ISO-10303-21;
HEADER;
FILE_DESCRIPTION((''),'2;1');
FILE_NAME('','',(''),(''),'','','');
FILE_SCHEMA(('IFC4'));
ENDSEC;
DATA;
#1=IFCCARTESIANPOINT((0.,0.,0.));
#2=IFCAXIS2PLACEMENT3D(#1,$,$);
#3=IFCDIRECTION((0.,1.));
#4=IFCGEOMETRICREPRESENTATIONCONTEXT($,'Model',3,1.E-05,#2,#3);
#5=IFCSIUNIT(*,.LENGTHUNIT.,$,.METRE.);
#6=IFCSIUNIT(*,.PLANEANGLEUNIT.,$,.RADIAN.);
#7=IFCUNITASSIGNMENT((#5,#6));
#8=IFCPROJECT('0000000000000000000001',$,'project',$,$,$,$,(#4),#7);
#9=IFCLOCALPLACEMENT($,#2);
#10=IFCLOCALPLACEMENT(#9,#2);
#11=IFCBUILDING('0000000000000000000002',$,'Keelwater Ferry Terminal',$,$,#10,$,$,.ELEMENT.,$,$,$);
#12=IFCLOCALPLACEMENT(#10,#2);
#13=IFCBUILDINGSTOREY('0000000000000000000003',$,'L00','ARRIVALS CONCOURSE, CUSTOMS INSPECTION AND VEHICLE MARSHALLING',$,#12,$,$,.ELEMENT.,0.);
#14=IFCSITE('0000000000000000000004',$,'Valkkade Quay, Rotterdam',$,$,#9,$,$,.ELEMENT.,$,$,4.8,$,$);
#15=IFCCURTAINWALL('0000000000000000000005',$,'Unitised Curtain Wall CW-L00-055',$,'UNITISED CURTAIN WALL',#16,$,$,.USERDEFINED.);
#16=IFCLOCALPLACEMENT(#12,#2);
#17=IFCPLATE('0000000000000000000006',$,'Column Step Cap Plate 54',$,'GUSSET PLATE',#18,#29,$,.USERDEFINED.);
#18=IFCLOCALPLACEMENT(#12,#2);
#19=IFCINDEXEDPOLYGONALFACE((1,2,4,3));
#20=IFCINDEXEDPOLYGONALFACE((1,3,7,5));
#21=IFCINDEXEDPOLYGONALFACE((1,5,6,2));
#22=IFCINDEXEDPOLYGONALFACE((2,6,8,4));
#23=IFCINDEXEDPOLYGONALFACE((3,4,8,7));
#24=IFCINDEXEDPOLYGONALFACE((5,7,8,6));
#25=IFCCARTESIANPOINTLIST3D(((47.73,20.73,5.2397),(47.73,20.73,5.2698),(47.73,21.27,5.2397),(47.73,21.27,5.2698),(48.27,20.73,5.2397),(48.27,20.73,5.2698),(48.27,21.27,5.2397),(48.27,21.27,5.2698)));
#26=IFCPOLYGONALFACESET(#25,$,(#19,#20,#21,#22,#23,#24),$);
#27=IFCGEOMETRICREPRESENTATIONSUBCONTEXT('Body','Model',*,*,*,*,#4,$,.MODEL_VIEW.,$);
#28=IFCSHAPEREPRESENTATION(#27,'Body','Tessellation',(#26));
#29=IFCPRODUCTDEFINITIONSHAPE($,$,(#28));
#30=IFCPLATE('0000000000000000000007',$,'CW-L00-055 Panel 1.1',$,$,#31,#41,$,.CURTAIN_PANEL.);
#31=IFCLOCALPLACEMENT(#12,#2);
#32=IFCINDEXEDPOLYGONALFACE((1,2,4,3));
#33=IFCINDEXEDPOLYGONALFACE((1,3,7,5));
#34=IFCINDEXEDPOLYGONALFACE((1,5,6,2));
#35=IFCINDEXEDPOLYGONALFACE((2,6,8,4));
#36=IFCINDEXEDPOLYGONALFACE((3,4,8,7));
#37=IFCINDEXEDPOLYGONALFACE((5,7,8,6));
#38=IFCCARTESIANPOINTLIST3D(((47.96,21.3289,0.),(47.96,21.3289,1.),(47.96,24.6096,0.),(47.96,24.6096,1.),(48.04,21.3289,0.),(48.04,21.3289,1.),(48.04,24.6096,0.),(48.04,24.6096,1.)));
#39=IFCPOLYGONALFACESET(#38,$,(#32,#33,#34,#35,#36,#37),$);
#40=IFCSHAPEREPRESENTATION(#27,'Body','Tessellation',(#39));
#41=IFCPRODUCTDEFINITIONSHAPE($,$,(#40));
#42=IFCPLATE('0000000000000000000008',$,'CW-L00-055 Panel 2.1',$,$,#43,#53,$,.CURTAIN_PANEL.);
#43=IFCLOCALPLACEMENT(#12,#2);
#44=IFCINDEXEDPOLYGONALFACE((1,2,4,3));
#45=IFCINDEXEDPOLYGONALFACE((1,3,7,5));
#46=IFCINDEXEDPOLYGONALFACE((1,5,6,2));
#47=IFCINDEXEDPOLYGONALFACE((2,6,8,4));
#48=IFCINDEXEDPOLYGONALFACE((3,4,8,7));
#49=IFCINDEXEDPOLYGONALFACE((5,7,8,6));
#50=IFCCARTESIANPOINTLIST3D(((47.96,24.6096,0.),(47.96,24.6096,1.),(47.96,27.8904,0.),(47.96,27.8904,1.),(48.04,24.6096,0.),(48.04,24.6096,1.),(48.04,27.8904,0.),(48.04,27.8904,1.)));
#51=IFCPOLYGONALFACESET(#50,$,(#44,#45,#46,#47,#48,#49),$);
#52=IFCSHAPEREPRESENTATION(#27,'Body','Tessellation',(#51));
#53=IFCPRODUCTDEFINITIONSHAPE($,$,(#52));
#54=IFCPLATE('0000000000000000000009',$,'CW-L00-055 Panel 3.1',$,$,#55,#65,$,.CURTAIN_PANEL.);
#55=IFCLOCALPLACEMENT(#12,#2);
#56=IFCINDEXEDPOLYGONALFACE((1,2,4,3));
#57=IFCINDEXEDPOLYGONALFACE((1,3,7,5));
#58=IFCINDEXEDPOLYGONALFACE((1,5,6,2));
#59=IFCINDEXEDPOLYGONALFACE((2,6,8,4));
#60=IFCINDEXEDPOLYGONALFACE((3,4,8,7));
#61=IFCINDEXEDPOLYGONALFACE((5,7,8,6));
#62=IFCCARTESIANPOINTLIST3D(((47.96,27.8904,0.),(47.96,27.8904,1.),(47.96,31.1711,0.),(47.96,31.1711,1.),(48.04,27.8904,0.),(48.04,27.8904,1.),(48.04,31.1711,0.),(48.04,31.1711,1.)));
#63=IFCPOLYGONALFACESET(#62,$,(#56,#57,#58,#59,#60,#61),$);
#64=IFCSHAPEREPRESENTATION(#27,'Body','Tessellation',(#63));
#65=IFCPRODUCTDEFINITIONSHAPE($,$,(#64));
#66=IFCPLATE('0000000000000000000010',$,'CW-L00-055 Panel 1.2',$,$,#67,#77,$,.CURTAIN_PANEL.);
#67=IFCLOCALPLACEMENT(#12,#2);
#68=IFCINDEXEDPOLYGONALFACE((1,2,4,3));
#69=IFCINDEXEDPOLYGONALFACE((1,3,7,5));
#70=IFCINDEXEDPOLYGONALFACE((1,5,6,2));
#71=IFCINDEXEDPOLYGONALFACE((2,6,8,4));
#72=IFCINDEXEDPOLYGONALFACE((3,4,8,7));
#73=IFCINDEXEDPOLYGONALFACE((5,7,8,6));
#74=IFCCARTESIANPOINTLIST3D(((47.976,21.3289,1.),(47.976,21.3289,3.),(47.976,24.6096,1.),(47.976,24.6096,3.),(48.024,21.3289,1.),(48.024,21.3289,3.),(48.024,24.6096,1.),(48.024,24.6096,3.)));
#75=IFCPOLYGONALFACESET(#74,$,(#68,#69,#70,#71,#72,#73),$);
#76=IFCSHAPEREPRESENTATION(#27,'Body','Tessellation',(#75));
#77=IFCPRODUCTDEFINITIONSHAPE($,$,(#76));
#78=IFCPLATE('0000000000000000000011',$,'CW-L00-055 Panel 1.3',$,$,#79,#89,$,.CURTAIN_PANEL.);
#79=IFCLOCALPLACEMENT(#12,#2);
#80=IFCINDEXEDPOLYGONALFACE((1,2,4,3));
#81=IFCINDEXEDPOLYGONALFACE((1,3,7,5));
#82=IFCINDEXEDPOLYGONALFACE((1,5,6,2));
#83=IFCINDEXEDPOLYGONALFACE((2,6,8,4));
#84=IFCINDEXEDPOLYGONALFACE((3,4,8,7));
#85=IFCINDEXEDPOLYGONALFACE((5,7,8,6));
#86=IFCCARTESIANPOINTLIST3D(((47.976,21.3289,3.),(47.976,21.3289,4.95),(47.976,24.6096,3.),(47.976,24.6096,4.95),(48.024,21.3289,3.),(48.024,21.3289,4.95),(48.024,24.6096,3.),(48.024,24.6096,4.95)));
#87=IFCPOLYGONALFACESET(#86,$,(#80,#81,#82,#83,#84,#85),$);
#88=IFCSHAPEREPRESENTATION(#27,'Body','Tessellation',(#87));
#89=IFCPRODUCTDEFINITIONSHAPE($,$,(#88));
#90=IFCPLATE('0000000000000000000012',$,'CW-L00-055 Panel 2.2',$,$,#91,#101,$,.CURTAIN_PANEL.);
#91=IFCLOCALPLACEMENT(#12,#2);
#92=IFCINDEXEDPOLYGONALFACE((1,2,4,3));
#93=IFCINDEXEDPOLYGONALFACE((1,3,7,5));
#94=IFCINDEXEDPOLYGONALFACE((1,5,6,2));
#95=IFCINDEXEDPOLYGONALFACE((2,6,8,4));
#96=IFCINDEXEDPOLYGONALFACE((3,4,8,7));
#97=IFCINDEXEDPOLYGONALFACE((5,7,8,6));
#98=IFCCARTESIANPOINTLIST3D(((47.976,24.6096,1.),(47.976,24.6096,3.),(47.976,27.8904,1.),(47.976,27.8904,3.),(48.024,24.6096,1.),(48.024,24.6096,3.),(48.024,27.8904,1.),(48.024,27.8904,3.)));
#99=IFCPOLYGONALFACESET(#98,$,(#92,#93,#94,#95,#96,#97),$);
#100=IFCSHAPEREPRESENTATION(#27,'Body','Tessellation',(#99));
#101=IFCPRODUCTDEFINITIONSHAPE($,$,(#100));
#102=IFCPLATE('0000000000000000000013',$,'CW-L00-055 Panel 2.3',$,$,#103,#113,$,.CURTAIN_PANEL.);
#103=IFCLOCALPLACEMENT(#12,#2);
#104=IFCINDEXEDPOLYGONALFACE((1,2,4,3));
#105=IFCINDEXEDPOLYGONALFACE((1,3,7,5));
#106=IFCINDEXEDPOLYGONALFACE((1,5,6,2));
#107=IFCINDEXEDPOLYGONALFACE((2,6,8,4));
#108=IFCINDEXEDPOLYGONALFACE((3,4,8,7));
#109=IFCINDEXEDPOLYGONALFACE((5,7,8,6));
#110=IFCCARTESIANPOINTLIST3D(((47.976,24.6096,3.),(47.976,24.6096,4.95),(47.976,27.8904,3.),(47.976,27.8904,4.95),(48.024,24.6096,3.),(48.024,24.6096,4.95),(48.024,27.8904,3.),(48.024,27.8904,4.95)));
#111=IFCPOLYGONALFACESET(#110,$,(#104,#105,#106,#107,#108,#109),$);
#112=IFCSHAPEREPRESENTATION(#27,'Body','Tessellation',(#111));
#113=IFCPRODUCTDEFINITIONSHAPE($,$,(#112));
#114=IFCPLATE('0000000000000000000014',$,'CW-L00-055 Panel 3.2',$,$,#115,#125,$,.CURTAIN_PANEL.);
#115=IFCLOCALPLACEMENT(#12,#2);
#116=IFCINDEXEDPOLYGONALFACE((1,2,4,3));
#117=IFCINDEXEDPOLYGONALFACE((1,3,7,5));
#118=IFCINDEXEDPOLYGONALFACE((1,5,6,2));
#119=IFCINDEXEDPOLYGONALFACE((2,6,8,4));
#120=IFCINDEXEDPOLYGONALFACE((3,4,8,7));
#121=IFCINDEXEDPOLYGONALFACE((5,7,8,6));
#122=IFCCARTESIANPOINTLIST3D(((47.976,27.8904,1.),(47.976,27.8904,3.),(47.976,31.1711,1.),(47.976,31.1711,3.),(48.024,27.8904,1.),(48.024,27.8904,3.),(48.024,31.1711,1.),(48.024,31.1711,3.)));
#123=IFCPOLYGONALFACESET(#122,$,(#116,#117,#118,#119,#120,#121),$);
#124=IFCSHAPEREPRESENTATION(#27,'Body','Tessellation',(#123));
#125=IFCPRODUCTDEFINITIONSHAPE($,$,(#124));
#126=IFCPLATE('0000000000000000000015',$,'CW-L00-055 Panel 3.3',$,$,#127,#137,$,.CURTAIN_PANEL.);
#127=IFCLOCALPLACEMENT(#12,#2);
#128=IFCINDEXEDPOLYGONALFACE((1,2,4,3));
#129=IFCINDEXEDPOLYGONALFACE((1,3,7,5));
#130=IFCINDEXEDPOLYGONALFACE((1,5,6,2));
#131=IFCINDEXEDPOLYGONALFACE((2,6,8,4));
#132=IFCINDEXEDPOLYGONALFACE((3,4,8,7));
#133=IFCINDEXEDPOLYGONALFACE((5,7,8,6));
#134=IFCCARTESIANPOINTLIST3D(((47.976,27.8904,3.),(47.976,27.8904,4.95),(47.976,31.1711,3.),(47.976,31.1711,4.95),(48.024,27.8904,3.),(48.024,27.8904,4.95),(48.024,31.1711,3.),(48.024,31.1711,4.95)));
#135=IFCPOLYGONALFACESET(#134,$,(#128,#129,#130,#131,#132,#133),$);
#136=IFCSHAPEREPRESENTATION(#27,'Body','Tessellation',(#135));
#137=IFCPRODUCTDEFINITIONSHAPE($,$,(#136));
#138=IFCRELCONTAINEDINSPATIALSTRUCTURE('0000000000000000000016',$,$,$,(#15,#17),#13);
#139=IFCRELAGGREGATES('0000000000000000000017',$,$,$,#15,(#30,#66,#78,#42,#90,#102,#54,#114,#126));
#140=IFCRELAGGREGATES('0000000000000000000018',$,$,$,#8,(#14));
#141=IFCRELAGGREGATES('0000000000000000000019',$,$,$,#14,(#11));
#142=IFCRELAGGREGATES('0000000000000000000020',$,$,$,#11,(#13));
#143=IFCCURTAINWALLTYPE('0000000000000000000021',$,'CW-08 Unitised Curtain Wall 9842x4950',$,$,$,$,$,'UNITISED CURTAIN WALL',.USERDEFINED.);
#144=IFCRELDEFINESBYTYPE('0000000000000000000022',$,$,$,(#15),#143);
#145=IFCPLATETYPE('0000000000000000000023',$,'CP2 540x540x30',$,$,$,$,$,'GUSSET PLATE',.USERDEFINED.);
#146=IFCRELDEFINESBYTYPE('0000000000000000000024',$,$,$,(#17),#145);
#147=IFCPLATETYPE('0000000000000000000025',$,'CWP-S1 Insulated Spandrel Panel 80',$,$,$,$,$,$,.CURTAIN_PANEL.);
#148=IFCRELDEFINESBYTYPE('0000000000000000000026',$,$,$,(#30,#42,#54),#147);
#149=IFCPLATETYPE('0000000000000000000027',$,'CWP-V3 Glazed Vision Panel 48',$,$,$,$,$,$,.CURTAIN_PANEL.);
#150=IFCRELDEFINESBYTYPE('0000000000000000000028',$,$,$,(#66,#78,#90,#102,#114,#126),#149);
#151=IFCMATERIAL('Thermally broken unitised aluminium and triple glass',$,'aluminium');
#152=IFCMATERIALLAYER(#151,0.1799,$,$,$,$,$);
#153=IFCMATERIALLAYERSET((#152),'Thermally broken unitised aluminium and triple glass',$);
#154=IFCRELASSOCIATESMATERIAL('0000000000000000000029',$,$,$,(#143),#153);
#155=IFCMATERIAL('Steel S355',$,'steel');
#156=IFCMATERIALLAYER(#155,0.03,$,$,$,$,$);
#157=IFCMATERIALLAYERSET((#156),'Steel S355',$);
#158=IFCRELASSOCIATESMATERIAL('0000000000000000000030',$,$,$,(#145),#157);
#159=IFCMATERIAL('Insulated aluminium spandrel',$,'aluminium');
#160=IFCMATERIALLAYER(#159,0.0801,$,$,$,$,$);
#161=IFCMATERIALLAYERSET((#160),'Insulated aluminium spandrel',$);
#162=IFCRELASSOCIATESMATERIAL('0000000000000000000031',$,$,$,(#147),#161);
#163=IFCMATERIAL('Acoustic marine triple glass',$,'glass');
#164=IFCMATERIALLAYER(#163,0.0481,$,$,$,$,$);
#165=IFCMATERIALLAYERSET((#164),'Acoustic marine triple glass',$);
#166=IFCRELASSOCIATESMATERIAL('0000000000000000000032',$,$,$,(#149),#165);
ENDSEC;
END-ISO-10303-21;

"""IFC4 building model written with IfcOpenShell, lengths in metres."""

from ifc_helpers import new_model, si_unit, direction, frame, origin, origin_2d, place, context, subcontext, project, spatial, rectangle, extrude, material, layer, layer_set, type_object, element, aggregate, save


model = new_model("IFC4")

# Units and contexts
model_context = context("Model", 3, precision=1e-05, world=origin(), true_north=direction((0.0, 1.0)))
body_context = subcontext(model_context, "Body", "Model", "MODEL_VIEW")
ifc_project = project(units=[si_unit("LENGTHUNIT", "METRE"), si_unit("PLANEANGLEUNIT", "RADIAN")], contexts=[model_context])

# Site, building, storey
site_placement = place(None, origin())
site = spatial("IfcSite", under=ifc_project, at=site_placement, Name="Valkkade Quay, Rotterdam", CompositionType="ELEMENT", RefElevation=4.8)
building_placement = place(site_placement, origin())
building = spatial("IfcBuilding", under=site, at=building_placement, Name="Keelwater Ferry Terminal", CompositionType="ELEMENT")
storey_placement = place(building_placement, origin())
storey = spatial("IfcBuildingStorey", under=building, at=storey_placement, Name="L00", Description="ARRIVALS CONCOURSE, CUSTOMS INSPECTION AND VEHICLE MARSHALLING", CompositionType="ELEMENT", Elevation=0.0)

# Curtain wall
ifc_material_1 = material(Name="Thermally broken unitised aluminium and triple glass", Category="aluminium")
ifc_layer_1 = layer(ifc_material_1, 0.1799)
ifc_layer_set_1 = layer_set([ifc_layer_1], Name="Thermally broken unitised aluminium and triple glass")
curtain_wall_type = type_object("IfcCurtainWallType", Name="CW-08 Unitised Curtain Wall 9842x4950", ElementType="UNITISED CURTAIN WALL", PredefinedType="USERDEFINED", material=ifc_layer_set_1)
curtain_wall_placement = place(storey_placement, origin())
curtain_wall = element("IfcCurtainWall", 1, at=curtain_wall_placement, inside=storey, type_object=curtain_wall_type, Name="Unitised Curtain Wall CW-L00-055", ObjectType="UNITISED CURTAIN WALL", PredefinedType="USERDEFINED")

# Plates
ifc_material_2 = material(Name="Steel S355", Category="steel")
ifc_layer_2 = layer(ifc_material_2, 0.03)
ifc_layer_set_2 = layer_set([ifc_layer_2], Name="Steel S355")
plate_type_1 = type_object("IfcPlateType", Name="CP2 540x540x30", ElementType="GUSSET PLATE", PredefinedType="USERDEFINED", material=ifc_layer_set_2)
plate_1_placement = place(storey_placement, frame((48.0, 21.0, 5.2397), z_axis=(0.0, 0.0, 1.0), x_axis=(1.0, 0.0, 0.0)))
element("IfcPlate", 2, at=plate_1_placement, inside=storey, type_object=plate_type_1, Name="Column Step Cap Plate 54", ObjectType="GUSSET PLATE", PredefinedType="USERDEFINED", context=body_context, shape_type="SweptSolid", body=[
    extrude(rectangle(XDim=0.54, YDim=0.54, at=origin_2d()), origin(), (0.0, 0.0, 1.0), 0.03),
])
ifc_material_3 = material(Name="Insulated aluminium spandrel", Category="aluminium")
ifc_layer_3 = layer(ifc_material_3, 0.0801)
ifc_layer_set_3 = layer_set([ifc_layer_3], Name="Insulated aluminium spandrel")
plate_type_2 = type_object("IfcPlateType", Name="CWP-S1 Insulated Spandrel Panel 80", PredefinedType="CURTAIN_PANEL", material=ifc_layer_set_3)
plate_2_placement = place(storey_placement, frame((48.0, 22.9692, 0.0), z_axis=(0.0, 0.0, 1.0), x_axis=(0.0, 1.0, 0.0)))
plate_2 = element("IfcPlate", 3, at=plate_2_placement, type_object=plate_type_2, Name="CW-L00-055 Panel 1.1", PredefinedType="CURTAIN_PANEL", context=body_context, shape_type="SweptSolid", body=[
    extrude(rectangle(XDim=3.2808, YDim=0.0801, at=origin_2d()), origin(), (0.0, 0.0, 1.0), 1.0),
])
plate_3_placement = place(storey_placement, frame((48.0, 26.25, 0.0), z_axis=(0.0, 0.0, 1.0), x_axis=(0.0, 1.0, 0.0)))
plate_3 = element("IfcPlate", 4, at=plate_3_placement, type_object=plate_type_2, Name="CW-L00-055 Panel 2.1", PredefinedType="CURTAIN_PANEL", context=body_context, shape_type="SweptSolid", body=[
    extrude(rectangle(XDim=3.2808, YDim=0.0801, at=origin_2d()), origin(), (0.0, 0.0, 1.0), 1.0),
])
plate_4_placement = place(storey_placement, frame((48.0, 29.5308, 0.0), z_axis=(0.0, 0.0, 1.0), x_axis=(0.0, 1.0, 0.0)))
plate_4 = element("IfcPlate", 5, at=plate_4_placement, type_object=plate_type_2, Name="CW-L00-055 Panel 3.1", PredefinedType="CURTAIN_PANEL", context=body_context, shape_type="SweptSolid", body=[
    extrude(rectangle(XDim=3.2808, YDim=0.0801, at=origin_2d()), origin(), (0.0, 0.0, 1.0), 1.0),
])
ifc_material_4 = material(Name="Acoustic marine triple glass", Category="glass")
ifc_layer_4 = layer(ifc_material_4, 0.0481)
ifc_layer_set_4 = layer_set([ifc_layer_4], Name="Acoustic marine triple glass")
plate_type_3 = type_object("IfcPlateType", Name="CWP-V3 Glazed Vision Panel 48", PredefinedType="CURTAIN_PANEL", material=ifc_layer_set_4)
plate_5_placement = place(storey_placement, frame((48.0, 22.9692, 1.0), z_axis=(0.0, 0.0, 1.0), x_axis=(0.0, 1.0, 0.0)))
plate_5 = element("IfcPlate", 6, at=plate_5_placement, type_object=plate_type_3, Name="CW-L00-055 Panel 1.2", PredefinedType="CURTAIN_PANEL", context=body_context, shape_type="SweptSolid", body=[
    extrude(rectangle(XDim=3.2808, YDim=0.0481, at=origin_2d()), origin(), (0.0, 0.0, 1.0), 2.0),
])
plate_6_placement = place(storey_placement, frame((48.0, 22.9692, 3.0), z_axis=(0.0, 0.0, 1.0), x_axis=(0.0, 1.0, 0.0)))
plate_6 = element("IfcPlate", 7, at=plate_6_placement, type_object=plate_type_3, Name="CW-L00-055 Panel 1.3", PredefinedType="CURTAIN_PANEL", context=body_context, shape_type="SweptSolid", body=[
    extrude(rectangle(XDim=3.2808, YDim=0.0481, at=origin_2d()), origin(), (0.0, 0.0, 1.0), 1.95),
])
plate_7_placement = place(storey_placement, frame((48.0, 26.25, 1.0), z_axis=(0.0, 0.0, 1.0), x_axis=(0.0, 1.0, 0.0)))
plate_7 = element("IfcPlate", 8, at=plate_7_placement, type_object=plate_type_3, Name="CW-L00-055 Panel 2.2", PredefinedType="CURTAIN_PANEL", context=body_context, shape_type="SweptSolid", body=[
    extrude(rectangle(XDim=3.2808, YDim=0.0481, at=origin_2d()), origin(), (0.0, 0.0, 1.0), 2.0),
])
plate_8_placement = place(storey_placement, frame((48.0, 26.25, 3.0), z_axis=(0.0, 0.0, 1.0), x_axis=(0.0, 1.0, 0.0)))
plate_8 = element("IfcPlate", 9, at=plate_8_placement, type_object=plate_type_3, Name="CW-L00-055 Panel 2.3", PredefinedType="CURTAIN_PANEL", context=body_context, shape_type="SweptSolid", body=[
    extrude(rectangle(XDim=3.2808, YDim=0.0481, at=origin_2d()), origin(), (0.0, 0.0, 1.0), 1.95),
])
plate_9_placement = place(storey_placement, frame((48.0, 29.5308, 1.0), z_axis=(0.0, 0.0, 1.0), x_axis=(0.0, 1.0, 0.0)))
plate_9 = element("IfcPlate", 10, at=plate_9_placement, type_object=plate_type_3, Name="CW-L00-055 Panel 3.2", PredefinedType="CURTAIN_PANEL", context=body_context, shape_type="SweptSolid", body=[
    extrude(rectangle(XDim=3.2808, YDim=0.0481, at=origin_2d()), origin(), (0.0, 0.0, 1.0), 2.0),
])
plate_10_placement = place(storey_placement, frame((48.0, 29.5308, 3.0), z_axis=(0.0, 0.0, 1.0), x_axis=(0.0, 1.0, 0.0)))
plate_10 = element("IfcPlate", 11, at=plate_10_placement, type_object=plate_type_3, Name="CW-L00-055 Panel 3.3", PredefinedType="CURTAIN_PANEL", context=body_context, shape_type="SweptSolid", body=[
    extrude(rectangle(XDim=3.2808, YDim=0.0481, at=origin_2d()), origin(), (0.0, 0.0, 1.0), 1.95),
])
aggregate(curtain_wall, [plate_2, plate_5, plate_6, plate_3, plate_7, plate_8, plate_4, plate_9, plate_10])

save(model, "model.ifc")
